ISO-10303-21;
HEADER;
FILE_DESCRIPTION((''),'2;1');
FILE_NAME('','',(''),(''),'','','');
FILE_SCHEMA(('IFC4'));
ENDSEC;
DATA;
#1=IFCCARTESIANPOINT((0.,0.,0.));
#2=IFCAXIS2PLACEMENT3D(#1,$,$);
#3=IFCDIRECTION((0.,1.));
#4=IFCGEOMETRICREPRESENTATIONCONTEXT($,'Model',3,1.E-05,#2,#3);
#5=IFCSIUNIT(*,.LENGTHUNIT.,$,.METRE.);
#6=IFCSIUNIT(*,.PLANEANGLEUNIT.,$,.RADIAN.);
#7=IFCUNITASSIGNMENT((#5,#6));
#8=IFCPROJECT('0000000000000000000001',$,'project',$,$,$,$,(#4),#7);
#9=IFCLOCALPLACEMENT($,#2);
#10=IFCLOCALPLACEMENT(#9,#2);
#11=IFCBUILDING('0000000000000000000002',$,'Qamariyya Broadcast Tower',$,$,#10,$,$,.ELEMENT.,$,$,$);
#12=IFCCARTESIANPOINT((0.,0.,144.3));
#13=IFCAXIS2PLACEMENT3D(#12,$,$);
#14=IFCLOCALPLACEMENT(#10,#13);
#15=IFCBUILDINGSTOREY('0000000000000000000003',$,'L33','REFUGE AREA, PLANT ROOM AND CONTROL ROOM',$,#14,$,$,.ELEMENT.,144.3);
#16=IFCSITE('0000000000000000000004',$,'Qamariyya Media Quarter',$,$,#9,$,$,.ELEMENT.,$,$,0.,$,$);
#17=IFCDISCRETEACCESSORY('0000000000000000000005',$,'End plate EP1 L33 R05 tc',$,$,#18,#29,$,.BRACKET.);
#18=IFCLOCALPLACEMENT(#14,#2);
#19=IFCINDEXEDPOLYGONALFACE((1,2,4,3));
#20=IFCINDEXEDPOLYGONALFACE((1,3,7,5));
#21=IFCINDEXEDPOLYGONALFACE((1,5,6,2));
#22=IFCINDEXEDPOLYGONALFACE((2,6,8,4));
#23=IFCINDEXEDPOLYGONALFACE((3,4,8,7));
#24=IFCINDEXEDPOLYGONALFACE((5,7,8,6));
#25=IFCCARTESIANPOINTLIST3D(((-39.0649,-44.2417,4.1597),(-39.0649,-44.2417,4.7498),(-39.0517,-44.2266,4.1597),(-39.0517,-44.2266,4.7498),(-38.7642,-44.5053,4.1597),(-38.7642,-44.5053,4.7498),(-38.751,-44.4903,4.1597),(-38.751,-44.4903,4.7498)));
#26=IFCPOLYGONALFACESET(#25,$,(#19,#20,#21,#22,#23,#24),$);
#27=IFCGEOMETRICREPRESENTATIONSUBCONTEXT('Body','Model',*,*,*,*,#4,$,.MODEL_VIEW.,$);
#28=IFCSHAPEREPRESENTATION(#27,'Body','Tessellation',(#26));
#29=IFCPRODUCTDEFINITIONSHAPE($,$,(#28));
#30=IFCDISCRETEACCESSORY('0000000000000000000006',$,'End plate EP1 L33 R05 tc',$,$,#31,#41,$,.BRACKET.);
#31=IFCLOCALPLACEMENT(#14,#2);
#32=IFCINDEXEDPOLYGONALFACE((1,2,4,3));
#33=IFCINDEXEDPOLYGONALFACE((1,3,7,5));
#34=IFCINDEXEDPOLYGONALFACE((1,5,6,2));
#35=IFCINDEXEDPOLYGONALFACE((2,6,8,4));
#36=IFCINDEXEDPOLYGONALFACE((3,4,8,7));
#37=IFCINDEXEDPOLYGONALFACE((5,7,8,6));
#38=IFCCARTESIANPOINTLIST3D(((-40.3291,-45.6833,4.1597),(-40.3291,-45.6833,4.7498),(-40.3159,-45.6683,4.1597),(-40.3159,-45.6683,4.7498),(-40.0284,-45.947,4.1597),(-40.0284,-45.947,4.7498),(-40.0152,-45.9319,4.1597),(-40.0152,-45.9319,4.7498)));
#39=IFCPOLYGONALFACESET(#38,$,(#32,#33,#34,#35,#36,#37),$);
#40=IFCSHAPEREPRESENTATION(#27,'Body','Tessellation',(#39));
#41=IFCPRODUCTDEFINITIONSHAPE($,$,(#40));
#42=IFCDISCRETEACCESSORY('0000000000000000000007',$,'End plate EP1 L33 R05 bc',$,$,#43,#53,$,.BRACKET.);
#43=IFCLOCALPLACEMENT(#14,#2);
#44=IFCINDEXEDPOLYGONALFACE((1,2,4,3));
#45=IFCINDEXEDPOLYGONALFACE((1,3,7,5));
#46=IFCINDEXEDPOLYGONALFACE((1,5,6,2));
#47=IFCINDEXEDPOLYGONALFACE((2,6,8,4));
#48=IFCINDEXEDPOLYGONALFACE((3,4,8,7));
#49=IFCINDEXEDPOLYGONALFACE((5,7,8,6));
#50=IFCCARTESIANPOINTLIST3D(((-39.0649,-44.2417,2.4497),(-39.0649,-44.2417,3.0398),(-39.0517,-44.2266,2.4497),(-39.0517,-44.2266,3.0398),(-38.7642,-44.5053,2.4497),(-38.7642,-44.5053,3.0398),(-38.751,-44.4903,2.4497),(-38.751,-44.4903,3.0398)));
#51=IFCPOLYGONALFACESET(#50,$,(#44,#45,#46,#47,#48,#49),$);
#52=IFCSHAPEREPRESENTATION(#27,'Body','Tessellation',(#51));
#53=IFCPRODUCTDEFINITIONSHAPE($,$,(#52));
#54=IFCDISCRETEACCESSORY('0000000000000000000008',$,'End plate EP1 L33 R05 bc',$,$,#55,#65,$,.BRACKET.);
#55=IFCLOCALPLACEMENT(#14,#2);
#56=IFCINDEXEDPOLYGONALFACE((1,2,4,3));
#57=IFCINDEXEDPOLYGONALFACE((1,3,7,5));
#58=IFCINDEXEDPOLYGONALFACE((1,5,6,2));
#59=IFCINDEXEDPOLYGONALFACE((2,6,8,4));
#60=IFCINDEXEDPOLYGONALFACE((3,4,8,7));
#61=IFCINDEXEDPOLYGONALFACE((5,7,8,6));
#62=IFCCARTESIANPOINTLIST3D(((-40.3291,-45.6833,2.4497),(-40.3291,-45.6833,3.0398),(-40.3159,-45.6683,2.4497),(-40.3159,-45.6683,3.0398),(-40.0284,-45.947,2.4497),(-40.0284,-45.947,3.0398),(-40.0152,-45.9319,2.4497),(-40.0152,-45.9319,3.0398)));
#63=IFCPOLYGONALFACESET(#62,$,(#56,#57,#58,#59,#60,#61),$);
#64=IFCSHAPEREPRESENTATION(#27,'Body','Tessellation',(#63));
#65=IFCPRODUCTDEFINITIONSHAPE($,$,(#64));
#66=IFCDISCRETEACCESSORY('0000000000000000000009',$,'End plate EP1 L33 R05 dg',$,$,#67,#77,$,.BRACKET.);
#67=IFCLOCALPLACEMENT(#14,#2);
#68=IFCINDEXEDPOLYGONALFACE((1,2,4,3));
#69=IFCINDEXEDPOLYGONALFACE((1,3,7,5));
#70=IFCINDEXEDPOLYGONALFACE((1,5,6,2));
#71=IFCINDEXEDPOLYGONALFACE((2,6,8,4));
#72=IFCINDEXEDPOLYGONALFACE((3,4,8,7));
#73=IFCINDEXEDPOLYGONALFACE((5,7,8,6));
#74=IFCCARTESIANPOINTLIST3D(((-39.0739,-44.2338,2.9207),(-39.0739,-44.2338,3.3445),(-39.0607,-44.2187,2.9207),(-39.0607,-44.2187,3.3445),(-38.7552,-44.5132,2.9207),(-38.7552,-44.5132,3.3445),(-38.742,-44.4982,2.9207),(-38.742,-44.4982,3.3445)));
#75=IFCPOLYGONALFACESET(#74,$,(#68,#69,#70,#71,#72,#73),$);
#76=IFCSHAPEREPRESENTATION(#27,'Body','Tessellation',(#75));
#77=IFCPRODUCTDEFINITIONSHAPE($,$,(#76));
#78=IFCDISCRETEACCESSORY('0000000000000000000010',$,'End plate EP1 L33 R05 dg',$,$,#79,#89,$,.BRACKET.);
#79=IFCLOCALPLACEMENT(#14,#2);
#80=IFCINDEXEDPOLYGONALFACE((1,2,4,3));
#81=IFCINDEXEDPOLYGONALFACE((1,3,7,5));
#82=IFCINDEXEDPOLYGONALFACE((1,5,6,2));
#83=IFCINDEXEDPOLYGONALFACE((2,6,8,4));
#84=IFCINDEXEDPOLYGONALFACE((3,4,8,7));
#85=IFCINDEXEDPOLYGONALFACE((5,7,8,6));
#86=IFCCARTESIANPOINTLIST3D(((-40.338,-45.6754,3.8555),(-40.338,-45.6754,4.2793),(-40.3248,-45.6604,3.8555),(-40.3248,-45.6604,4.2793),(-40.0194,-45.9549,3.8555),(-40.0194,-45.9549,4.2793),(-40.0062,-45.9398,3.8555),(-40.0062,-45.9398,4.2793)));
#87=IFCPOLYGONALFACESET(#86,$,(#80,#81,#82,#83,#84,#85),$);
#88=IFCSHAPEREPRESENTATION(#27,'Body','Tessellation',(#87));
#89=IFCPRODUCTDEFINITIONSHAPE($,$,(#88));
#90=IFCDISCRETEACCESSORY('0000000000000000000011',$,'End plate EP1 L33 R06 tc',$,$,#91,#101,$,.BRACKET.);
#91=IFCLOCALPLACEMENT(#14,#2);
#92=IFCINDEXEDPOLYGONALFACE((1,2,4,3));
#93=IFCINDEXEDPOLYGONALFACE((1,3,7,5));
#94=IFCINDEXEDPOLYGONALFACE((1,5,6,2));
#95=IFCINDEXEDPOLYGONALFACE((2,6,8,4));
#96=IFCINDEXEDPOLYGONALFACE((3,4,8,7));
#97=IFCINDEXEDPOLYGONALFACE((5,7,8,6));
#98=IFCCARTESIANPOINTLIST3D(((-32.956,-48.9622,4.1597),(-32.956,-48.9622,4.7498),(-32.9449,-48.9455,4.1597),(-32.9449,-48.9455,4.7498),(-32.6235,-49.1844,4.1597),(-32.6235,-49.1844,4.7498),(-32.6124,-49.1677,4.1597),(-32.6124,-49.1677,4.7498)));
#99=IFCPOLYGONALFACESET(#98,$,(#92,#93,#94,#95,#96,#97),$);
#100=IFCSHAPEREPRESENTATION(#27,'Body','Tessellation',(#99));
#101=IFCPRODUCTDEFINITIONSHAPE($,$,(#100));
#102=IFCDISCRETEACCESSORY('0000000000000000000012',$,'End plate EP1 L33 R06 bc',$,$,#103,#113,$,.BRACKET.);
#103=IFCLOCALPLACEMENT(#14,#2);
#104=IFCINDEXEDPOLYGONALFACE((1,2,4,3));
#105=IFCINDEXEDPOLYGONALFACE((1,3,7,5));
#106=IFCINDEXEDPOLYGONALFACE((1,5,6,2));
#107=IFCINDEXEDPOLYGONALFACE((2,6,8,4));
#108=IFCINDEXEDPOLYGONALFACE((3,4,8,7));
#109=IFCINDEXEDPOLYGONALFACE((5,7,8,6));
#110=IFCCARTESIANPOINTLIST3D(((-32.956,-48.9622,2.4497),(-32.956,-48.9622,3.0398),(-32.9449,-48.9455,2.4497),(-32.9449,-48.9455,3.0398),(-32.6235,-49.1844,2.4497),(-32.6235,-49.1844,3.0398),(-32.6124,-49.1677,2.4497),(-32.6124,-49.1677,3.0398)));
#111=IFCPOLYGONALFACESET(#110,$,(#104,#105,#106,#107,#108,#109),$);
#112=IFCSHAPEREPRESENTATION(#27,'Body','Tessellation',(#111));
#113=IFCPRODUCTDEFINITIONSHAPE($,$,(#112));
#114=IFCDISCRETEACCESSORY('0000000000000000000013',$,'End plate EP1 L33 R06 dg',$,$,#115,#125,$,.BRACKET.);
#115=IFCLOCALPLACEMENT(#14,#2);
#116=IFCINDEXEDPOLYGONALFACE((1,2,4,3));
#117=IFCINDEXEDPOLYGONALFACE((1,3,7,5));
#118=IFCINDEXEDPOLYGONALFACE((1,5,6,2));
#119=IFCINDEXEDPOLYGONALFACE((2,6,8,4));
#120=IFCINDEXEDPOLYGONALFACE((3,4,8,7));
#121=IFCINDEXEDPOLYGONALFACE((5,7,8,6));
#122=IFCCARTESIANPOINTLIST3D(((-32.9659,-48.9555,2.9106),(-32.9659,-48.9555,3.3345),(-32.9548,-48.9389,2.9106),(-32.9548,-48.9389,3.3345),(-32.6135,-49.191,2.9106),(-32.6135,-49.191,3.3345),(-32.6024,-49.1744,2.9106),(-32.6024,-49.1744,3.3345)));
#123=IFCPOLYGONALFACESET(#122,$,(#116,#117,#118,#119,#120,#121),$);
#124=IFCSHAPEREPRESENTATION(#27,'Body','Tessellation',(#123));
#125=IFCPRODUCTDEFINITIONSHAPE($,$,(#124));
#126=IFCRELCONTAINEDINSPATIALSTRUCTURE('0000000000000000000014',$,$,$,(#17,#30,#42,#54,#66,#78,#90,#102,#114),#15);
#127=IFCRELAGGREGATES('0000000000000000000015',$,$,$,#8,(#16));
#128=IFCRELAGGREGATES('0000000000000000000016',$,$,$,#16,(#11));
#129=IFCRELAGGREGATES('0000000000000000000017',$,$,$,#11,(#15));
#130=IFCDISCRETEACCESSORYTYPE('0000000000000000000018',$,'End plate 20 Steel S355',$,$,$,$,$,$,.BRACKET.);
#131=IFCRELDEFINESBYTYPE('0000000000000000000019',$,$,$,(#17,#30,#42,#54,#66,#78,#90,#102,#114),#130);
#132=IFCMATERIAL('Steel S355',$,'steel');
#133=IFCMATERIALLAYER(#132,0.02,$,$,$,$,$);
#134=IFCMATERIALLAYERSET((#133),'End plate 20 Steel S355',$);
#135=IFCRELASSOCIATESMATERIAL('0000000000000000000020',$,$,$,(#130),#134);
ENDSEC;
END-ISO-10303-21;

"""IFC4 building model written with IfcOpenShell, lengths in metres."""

from ifc_helpers import new_model, si_unit, direction, frame, origin, origin_2d, place, context, subcontext, project, spatial, rectangle, extrude, material, layer, layer_set, type_object, element, save


model = new_model("IFC4")

# Units and contexts
model_context = context("Model", 3, precision=1e-05, world=origin(), true_north=direction((0.0, 1.0)))
body_context = subcontext(model_context, "Body", "Model", "MODEL_VIEW")
ifc_project = project(units=[si_unit("LENGTHUNIT", "METRE"), si_unit("PLANEANGLEUNIT", "RADIAN")], contexts=[model_context])

# Site, building, storey
site_placement = place(None, origin())
site = spatial("IfcSite", under=ifc_project, at=site_placement, Name="Qamariyya Media Quarter", CompositionType="ELEMENT", RefElevation=0.0)
building_placement = place(site_placement, origin())
building = spatial("IfcBuilding", under=site, at=building_placement, Name="Qamariyya Broadcast Tower", CompositionType="ELEMENT")
storey_placement = place(building_placement, frame((0.0, 0.0, 144.3)))
storey = spatial("IfcBuildingStorey", under=building, at=storey_placement, Name="L33", Description="REFUGE AREA, PLANT ROOM AND CONTROL ROOM", CompositionType="ELEMENT", Elevation=144.3)

# Shared definitions
ifc_material_1 = material(Name="Steel S355", Category="steel")

# Discrete accessories
ifc_layer_1 = layer(ifc_material_1, 0.02)
ifc_layer_set_1 = layer_set([ifc_layer_1], Name="End plate 20 Steel S355")
discrete_accessory_type = type_object("IfcDiscreteAccessoryType", Name="End plate 20 Steel S355", PredefinedType="BRACKET", material=ifc_layer_set_1)
for number, where, z_axis, x_axis, name in (
    (1, (-38.908, -44.366, 4.1597), (0.0, 0.0, 1.0), (-0.75184, 0.659346, 0.0), "End plate EP1 L33 R05 tc"),
    (2, (-40.1721, -45.8076, 4.1597), (0.0, 0.0, 1.0), (-0.75184, 0.659346, 0.0), "End plate EP1 L33 R05 tc"),
    (3, (-38.908, -44.366, 2.4497), (0.0, 0.0, 1.0), (-0.75184, 0.659346, 0.0), "End plate EP1 L33 R05 bc"),
    (4, (-40.1721, -45.8076, 2.4497), (0.0, 0.0, 1.0), (-0.75184, 0.659346, 0.0), "End plate EP1 L33 R05 bc"),
):
    element("IfcDiscreteAccessory", number, at=place(storey_placement, frame(where, z_axis=z_axis, x_axis=x_axis)), inside=storey, type_object=discrete_accessory_type, Name=name, PredefinedType="BRACKET", context=body_context, shape_type="SweptSolid", body=[
        extrude(rectangle(XDim=0.3999, YDim=0.02, at=origin_2d()), origin(), (0.0, 0.0, 1.0), 0.5901),
    ])
for number, where, z_axis, x_axis, name in (
    (5, (-38.908, -44.366, 2.9207), (0.0, 0.0, 1.0), (-0.75184, 0.659346, 0.0), "End plate EP1 L33 R05 dg"),
    (6, (-40.1721, -45.8076, 3.8555), (0.0, 0.0, 1.0), (-0.75184, 0.659346, 0.0), "End plate EP1 L33 R05 dg"),
):
    element("IfcDiscreteAccessory", number, at=place(storey_placement, frame(where, z_axis=z_axis, x_axis=x_axis)), inside=storey, type_object=discrete_accessory_type, Name=name, PredefinedType="BRACKET", context=body_context, shape_type="SweptSolid", body=[
        extrude(rectangle(XDim=0.4238, YDim=0.02, at=origin_2d()), origin(), (0.0, 0.0, 1.0), 0.4238),
    ])
for number, where, z_axis, x_axis, name in (
    (7, (-32.7842, -49.0649, 4.1597), (0.0, 0.0, 1.0), (-0.83147, 0.55557, 0.0), "End plate EP1 L33 R06 tc"),
    (8, (-32.7842, -49.0649, 2.4497), (0.0, 0.0, 1.0), (-0.83147, 0.55557, 0.0), "End plate EP1 L33 R06 bc"),
):
    element("IfcDiscreteAccessory", number, at=place(storey_placement, frame(where, z_axis=z_axis, x_axis=x_axis)), inside=storey, type_object=discrete_accessory_type, Name=name, PredefinedType="BRACKET", context=body_context, shape_type="SweptSolid", body=[
        extrude(rectangle(XDim=0.3999, YDim=0.02, at=origin_2d()), origin(), (0.0, 0.0, 1.0), 0.5901),
    ])
discrete_accessory_placement = place(storey_placement, frame((-32.7842, -49.0649, 2.9106), z_axis=(0.0, 0.0, 1.0), x_axis=(-0.83147, 0.55557, 0.0)))
element("IfcDiscreteAccessory", 9, at=discrete_accessory_placement, inside=storey, type_object=discrete_accessory_type, Name="End plate EP1 L33 R06 dg", PredefinedType="BRACKET", context=body_context, shape_type="SweptSolid", body=[
    extrude(rectangle(XDim=0.4238, YDim=0.02, at=origin_2d()), origin(), (0.0, 0.0, 1.0), 0.4238),
])

save(model, "model.ifc")
